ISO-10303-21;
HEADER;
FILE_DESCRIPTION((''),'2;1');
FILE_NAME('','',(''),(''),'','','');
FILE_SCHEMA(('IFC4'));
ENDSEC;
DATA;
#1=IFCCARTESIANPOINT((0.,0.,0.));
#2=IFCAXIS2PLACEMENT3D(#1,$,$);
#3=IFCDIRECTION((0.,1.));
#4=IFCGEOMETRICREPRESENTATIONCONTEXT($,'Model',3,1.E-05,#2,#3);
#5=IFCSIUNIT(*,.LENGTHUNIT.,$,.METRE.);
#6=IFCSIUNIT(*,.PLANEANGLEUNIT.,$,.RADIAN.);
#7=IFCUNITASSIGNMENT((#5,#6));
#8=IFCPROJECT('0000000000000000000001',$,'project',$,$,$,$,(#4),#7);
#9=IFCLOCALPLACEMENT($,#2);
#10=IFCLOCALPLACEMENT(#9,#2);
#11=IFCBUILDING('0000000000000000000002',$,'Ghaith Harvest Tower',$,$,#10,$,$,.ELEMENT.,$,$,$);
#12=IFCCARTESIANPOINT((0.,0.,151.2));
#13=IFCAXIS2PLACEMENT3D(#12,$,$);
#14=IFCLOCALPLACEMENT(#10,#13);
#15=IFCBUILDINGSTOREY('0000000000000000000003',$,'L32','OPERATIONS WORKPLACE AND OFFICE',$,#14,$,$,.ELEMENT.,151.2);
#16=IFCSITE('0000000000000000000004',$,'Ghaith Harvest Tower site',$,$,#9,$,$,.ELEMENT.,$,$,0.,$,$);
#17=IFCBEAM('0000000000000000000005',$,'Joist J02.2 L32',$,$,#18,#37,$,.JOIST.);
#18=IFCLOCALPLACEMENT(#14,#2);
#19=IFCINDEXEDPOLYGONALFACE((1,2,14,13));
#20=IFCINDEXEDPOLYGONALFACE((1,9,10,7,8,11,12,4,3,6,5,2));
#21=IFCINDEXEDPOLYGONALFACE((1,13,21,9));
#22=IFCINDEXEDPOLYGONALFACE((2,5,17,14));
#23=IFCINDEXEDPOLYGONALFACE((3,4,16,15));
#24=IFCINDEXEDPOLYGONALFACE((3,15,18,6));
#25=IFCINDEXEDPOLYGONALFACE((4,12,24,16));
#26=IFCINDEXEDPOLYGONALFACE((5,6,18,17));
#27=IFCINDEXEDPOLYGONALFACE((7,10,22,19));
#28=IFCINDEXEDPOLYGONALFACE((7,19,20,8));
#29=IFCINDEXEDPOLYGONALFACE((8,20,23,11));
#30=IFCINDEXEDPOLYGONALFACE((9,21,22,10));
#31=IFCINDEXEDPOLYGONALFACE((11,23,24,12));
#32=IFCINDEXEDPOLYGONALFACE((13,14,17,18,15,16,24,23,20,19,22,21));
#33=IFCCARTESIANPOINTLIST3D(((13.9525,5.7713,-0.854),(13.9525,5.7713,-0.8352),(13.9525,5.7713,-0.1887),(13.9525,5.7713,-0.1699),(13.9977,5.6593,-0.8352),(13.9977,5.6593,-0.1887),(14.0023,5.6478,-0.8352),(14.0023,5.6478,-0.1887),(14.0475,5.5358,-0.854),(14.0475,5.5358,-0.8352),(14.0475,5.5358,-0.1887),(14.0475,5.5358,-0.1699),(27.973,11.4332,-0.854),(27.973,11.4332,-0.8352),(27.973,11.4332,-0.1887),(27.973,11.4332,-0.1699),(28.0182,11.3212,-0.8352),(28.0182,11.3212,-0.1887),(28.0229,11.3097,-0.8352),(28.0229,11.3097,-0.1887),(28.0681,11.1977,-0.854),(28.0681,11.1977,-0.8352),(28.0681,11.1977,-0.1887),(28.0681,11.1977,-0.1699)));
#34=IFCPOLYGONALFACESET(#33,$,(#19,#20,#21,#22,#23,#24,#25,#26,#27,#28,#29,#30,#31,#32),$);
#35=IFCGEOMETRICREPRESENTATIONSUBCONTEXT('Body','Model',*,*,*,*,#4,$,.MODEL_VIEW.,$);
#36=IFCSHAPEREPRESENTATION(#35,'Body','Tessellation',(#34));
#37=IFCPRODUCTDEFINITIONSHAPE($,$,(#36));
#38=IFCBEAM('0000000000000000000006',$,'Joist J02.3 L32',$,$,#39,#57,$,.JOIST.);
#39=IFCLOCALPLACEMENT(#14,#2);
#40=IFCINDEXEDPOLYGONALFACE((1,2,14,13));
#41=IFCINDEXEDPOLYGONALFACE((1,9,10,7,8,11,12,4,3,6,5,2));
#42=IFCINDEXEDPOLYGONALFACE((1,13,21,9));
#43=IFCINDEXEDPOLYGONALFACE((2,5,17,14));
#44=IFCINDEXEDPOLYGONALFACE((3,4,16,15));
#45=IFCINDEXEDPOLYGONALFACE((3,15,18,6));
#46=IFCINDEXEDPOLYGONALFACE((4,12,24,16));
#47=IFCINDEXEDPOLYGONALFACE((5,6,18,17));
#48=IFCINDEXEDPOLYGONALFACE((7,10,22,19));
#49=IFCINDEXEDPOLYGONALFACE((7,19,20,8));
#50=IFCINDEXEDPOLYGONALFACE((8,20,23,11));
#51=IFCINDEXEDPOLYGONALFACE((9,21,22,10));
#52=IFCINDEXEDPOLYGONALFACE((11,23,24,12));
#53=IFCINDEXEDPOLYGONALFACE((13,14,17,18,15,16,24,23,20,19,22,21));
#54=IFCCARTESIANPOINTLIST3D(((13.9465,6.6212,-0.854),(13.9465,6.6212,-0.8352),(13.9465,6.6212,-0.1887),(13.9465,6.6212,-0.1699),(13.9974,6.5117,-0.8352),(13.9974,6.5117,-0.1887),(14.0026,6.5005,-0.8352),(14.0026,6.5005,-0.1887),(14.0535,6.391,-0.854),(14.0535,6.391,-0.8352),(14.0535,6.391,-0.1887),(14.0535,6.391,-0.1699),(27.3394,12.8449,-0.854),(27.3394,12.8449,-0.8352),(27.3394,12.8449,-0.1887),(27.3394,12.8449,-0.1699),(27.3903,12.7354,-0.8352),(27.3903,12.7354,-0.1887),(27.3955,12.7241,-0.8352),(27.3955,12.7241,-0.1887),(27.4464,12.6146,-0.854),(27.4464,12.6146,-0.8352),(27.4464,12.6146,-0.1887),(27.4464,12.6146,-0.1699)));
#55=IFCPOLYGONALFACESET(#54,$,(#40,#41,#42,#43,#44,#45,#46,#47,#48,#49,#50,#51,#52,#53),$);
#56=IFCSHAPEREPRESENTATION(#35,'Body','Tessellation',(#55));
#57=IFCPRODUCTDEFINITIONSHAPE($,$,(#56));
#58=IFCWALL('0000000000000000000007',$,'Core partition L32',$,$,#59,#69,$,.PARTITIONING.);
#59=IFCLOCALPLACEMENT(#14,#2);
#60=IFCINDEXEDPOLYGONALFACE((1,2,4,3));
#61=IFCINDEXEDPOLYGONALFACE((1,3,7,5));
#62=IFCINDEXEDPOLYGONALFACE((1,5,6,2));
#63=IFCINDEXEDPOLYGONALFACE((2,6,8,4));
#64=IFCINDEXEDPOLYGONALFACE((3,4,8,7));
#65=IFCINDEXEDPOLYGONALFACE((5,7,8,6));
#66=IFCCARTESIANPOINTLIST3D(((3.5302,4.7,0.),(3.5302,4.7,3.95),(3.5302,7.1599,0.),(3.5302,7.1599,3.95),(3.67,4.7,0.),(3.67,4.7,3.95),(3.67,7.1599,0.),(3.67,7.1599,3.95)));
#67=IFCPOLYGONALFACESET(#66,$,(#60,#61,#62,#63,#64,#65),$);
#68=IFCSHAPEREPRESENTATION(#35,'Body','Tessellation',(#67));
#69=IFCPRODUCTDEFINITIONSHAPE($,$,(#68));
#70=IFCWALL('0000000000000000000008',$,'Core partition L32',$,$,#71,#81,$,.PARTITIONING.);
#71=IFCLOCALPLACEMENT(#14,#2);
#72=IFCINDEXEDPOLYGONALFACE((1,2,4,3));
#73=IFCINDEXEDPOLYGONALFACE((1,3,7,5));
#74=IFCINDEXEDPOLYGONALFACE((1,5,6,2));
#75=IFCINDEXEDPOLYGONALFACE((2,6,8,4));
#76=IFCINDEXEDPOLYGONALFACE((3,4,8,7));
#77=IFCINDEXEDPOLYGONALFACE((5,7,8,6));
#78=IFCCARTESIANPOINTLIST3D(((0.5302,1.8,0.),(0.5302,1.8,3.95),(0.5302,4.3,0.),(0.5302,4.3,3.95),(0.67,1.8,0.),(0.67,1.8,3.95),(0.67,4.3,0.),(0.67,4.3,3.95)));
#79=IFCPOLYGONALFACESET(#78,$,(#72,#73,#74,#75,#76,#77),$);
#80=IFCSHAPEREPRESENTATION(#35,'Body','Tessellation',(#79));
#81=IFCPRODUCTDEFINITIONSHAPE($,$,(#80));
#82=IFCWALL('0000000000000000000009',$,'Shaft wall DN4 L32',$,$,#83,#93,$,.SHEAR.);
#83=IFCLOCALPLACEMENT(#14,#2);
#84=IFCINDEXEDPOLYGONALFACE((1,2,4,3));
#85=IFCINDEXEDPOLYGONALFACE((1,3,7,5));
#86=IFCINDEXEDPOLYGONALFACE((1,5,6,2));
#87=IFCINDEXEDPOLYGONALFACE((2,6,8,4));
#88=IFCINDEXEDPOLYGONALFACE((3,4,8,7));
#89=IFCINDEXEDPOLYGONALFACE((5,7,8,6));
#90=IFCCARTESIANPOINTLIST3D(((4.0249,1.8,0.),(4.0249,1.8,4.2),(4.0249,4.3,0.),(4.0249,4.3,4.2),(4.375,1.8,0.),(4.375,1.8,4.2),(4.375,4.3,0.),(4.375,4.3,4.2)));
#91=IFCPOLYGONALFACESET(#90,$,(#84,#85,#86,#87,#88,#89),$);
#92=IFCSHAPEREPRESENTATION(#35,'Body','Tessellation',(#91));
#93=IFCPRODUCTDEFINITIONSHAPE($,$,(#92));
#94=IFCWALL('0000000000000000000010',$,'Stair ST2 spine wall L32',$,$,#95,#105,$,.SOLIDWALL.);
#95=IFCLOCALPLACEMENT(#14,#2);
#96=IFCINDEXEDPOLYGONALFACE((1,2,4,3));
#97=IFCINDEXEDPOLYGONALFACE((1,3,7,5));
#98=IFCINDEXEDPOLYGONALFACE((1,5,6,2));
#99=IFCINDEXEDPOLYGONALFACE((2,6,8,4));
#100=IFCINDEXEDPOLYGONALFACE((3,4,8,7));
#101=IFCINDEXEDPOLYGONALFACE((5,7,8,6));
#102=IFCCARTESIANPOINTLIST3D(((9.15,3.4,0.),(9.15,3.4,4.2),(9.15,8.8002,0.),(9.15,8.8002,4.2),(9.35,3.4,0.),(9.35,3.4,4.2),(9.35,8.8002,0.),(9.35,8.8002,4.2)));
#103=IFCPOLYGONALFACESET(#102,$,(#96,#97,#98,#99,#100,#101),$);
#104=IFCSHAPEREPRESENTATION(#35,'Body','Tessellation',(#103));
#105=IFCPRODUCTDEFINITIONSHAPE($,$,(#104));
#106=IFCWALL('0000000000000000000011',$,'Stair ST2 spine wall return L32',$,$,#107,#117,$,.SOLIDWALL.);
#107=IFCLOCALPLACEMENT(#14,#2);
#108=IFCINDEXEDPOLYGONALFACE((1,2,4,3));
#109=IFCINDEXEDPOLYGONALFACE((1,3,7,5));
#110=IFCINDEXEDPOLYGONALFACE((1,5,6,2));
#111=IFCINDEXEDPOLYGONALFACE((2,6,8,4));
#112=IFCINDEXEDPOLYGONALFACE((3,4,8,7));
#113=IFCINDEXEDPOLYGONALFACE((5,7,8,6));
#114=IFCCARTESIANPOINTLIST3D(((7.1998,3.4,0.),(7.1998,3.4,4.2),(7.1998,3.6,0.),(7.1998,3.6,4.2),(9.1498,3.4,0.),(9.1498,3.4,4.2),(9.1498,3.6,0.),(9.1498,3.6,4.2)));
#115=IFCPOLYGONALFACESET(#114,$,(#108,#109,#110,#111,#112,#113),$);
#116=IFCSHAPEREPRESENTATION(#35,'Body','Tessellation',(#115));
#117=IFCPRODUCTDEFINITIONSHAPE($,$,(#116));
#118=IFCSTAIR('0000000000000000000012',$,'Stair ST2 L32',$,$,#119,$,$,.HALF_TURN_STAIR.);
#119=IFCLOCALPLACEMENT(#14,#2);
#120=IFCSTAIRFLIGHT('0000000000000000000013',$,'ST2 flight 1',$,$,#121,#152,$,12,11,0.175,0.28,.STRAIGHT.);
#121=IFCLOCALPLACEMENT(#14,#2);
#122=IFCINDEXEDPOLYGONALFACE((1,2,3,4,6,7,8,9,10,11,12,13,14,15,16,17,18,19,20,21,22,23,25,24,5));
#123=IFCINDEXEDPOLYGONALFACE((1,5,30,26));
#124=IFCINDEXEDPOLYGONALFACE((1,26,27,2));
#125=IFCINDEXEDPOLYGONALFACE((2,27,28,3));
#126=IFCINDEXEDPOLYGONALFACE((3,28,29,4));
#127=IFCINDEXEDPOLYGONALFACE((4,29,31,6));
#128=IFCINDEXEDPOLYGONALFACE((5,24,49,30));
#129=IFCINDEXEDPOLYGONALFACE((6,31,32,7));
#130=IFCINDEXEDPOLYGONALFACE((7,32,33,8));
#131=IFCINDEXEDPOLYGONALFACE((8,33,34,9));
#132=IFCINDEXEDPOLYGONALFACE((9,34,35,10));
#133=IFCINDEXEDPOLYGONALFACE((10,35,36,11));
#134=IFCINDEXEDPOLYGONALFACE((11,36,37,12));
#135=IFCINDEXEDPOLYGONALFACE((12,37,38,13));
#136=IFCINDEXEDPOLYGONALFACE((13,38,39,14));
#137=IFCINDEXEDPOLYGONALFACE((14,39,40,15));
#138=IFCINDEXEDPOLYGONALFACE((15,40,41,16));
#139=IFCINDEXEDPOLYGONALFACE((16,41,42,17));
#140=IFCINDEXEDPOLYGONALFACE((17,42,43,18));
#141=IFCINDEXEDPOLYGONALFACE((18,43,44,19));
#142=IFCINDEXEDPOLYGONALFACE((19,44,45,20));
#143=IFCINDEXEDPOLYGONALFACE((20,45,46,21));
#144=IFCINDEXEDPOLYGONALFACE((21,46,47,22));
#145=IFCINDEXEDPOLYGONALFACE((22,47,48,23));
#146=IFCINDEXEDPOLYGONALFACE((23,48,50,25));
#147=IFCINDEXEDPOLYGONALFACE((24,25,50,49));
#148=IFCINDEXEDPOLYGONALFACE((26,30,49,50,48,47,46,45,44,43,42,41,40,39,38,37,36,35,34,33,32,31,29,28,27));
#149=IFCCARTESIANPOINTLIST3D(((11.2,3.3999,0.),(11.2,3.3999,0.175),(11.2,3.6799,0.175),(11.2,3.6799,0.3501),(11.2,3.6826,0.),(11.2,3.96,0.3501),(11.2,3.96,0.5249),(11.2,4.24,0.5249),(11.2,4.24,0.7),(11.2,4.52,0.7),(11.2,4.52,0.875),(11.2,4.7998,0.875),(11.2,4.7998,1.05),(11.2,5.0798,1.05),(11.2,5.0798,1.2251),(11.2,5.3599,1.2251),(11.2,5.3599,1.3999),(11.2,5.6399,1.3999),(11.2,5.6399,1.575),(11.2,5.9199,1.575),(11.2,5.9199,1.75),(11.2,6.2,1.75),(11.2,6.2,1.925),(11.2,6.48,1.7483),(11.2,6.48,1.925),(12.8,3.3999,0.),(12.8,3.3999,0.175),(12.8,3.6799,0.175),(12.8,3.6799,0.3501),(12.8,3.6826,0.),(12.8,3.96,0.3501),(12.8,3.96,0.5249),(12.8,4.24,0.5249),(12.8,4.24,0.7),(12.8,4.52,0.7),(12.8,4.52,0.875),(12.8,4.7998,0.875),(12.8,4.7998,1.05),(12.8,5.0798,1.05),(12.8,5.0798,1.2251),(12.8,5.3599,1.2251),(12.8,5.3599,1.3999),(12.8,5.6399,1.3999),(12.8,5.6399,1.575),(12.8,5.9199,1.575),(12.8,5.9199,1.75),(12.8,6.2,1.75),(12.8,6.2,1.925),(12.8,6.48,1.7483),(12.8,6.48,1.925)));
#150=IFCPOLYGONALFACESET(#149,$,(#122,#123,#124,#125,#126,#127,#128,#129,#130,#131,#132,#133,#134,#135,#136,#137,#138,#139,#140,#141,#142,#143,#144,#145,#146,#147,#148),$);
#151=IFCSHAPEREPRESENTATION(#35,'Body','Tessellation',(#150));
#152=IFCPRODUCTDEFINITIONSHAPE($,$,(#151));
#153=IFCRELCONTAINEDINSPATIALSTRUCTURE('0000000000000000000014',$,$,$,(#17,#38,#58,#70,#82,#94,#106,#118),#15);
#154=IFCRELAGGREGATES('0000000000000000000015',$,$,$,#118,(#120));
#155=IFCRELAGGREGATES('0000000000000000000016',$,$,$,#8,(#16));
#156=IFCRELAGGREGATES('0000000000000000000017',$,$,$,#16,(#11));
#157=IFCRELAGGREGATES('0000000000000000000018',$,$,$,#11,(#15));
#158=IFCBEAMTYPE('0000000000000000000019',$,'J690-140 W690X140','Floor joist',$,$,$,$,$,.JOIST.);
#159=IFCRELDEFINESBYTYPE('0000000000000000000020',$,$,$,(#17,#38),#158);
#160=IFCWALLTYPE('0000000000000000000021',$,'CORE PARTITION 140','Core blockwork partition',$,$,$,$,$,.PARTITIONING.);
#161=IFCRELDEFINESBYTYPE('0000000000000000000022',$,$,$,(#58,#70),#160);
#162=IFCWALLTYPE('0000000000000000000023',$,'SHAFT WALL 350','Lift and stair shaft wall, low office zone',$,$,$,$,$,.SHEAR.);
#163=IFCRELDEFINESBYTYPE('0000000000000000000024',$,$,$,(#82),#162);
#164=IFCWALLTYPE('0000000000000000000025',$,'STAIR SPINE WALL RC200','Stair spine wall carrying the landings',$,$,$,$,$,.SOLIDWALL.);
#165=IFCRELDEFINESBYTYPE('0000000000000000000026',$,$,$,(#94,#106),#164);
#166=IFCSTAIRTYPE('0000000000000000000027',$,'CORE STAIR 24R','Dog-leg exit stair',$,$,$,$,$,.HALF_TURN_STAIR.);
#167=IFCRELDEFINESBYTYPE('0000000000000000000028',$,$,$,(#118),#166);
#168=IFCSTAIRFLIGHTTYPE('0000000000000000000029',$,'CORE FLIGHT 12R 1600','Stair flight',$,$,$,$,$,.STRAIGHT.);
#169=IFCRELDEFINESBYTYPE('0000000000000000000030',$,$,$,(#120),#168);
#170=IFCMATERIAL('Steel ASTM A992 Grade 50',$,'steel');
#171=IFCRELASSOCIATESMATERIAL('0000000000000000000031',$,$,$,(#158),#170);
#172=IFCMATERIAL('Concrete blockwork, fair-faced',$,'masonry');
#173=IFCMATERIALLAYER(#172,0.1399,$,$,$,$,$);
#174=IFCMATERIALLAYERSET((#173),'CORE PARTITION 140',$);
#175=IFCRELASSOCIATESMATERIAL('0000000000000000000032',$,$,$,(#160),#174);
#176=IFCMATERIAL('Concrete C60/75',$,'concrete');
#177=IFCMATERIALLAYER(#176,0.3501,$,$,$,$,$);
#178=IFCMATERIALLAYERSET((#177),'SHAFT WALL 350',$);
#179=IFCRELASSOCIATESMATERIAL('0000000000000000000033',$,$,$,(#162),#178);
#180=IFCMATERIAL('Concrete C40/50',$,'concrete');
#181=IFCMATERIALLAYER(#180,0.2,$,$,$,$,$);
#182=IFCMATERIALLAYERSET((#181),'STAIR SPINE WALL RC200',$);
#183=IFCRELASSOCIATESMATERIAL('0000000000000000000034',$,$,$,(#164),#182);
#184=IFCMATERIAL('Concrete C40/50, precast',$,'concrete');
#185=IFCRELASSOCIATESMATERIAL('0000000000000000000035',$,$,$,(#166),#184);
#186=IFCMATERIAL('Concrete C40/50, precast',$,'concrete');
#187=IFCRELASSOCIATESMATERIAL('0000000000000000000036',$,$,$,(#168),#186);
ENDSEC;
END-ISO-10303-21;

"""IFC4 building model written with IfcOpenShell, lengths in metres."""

from ifc_helpers import new_model, si_unit, direction, frame, frame_2d, origin, origin_2d, place, context, subcontext, project, spatial, polyline, rectangle, i_section, outline, extrude, material, layer, layer_set, material_profile, profile_set, type_object, element, aggregate, save


model = new_model("IFC4")

# Units and contexts
model_context = context("Model", 3, precision=1e-05, world=origin(), true_north=direction((0.0, 1.0)))
body_context = subcontext(model_context, "Body", "Model", "MODEL_VIEW")
ifc_project = project(units=[si_unit("LENGTHUNIT", "METRE"), si_unit("PLANEANGLEUNIT", "RADIAN")], contexts=[model_context])

# Site, building, storey
site_placement = place(None, origin())
site = spatial("IfcSite", under=ifc_project, at=site_placement, Name="Ghaith Harvest Tower site", CompositionType="ELEMENT", RefElevation=0.0)
building_placement = place(site_placement, origin())
building = spatial("IfcBuilding", under=site, at=building_placement, Name="Ghaith Harvest Tower", CompositionType="ELEMENT")
storey_placement = place(building_placement, frame((0.0, 0.0, 151.2)))
storey = spatial("IfcBuildingStorey", under=building, at=storey_placement, Name="L32", Description="OPERATIONS WORKPLACE AND OFFICE", CompositionType="ELEMENT", Elevation=151.2)

# Beams
ifc_material_1 = material(Name="Steel ASTM A992 Grade 50", Category="steel")
ifc_material_profile_1 = material_profile(ifc_material_1, i_section(OverallWidth=0.2539, OverallDepth=0.6841, WebThickness=0.0125, FlangeThickness=0.0188, at=origin_2d()), Name="W690X140")
ifc_profile_set_1 = profile_set([ifc_material_profile_1], Name="Steel ASTM A992 Grade 50")
beam_type_1 = type_object("IfcBeamType", Name="J690-140 W690X140", Description="Floor joist", PredefinedType="JOIST", material=ifc_profile_set_1)
beam_1_placement = place(storey_placement, frame((14.0, 5.6536, -0.512), z_axis=(0.927248, 0.374448, 0.0), x_axis=(-0.374448, 0.927248, 0.0)))
element("IfcBeam", 1, at=beam_1_placement, inside=storey, type_object=beam_type_1, Name="Joist J02.2 L32", PredefinedType="JOIST", context=body_context, shape_type="SweptSolid", body=[
    extrude(i_section(OverallWidth=0.2539, OverallDepth=0.6841, WebThickness=0.0125, FlangeThickness=0.0188, at=origin_2d()), origin(), (0.0, 0.0, 1.0), 15.1206),
])
beam_2_placement = place(storey_placement, frame((14.0, 6.5061, -0.512), z_axis=(0.906866, 0.42142, 0.0), x_axis=(-0.42142, 0.906866, 0.0)))
element("IfcBeam", 2, at=beam_2_placement, inside=storey, type_object=beam_type_1, Name="Joist J02.3 L32", PredefinedType="JOIST", context=body_context, shape_type="SweptSolid", body=[
    extrude(i_section(OverallWidth=0.2539, OverallDepth=0.6841, WebThickness=0.0125, FlangeThickness=0.0188, at=origin_2d()), origin(), (0.0, 0.0, 1.0), 14.7683),
])

# Walls
ifc_material_2 = material(Name="Concrete blockwork, fair-faced", Category="masonry")
ifc_layer_1 = layer(ifc_material_2, 0.1399)
ifc_layer_set_1 = layer_set([ifc_layer_1], Name="CORE PARTITION 140")
wall_type_1 = type_object("IfcWallType", Name="CORE PARTITION 140", Description="Core blockwork partition", PredefinedType="PARTITIONING", material=ifc_layer_set_1)
wall_1_placement = place(storey_placement, frame((3.6001, 4.7, 0.0), z_axis=(0.0, 0.0, 1.0), x_axis=(0.0, 1.0, 0.0)))
element("IfcWall", 3, at=wall_1_placement, inside=storey, type_object=wall_type_1, Name="Core partition L32", PredefinedType="PARTITIONING", context=body_context, shape_type="SweptSolid", body=[
    extrude(rectangle(XDim=2.46, YDim=0.1399, at=frame_2d((1.23, 0.0))), origin(), (0.0, 0.0, 1.0), 3.95),
])
wall_2_placement = place(storey_placement, frame((0.6001, 1.8, 0.0), z_axis=(0.0, 0.0, 1.0), x_axis=(0.0, 1.0, 0.0)))
element("IfcWall", 4, at=wall_2_placement, inside=storey, type_object=wall_type_1, Name="Core partition L32", PredefinedType="PARTITIONING", context=body_context, shape_type="SweptSolid", body=[
    extrude(rectangle(XDim=2.5, YDim=0.1399, at=frame_2d((1.25, 0.0))), origin(), (0.0, 0.0, 1.0), 3.95),
])

# Shared definitions
ifc_material_3 = material(Name="Concrete C60/75", Category="concrete")
ifc_layer_2 = layer(ifc_material_3, 0.3501)
ifc_layer_set_2 = layer_set([ifc_layer_2], Name="SHAFT WALL 350")
wall_type_2 = type_object("IfcWallType", Name="SHAFT WALL 350", Description="Lift and stair shaft wall, low office zone", PredefinedType="SHEAR", material=ifc_layer_set_2)

# Walls
wall_3_placement = place(storey_placement, frame((4.2, 1.8, 0.0), z_axis=(0.0, 0.0, 1.0), x_axis=(0.0, 1.0, 0.0)))
element("IfcWall", 5, at=wall_3_placement, inside=storey, type_object=wall_type_2, Name="Shaft wall DN4 L32", PredefinedType="SHEAR", context=body_context, shape_type="SweptSolid", body=[
    extrude(rectangle(XDim=2.5, YDim=0.3501, at=frame_2d((1.25, 0.0))), origin(), (0.0, 0.0, 1.0), 4.2),
])
ifc_material_4 = material(Name="Concrete C40/50", Category="concrete")
ifc_layer_3 = layer(ifc_material_4, 0.2)
ifc_layer_set_3 = layer_set([ifc_layer_3], Name="STAIR SPINE WALL RC200")
wall_type_3 = type_object("IfcWallType", Name="STAIR SPINE WALL RC200", Description="Stair spine wall carrying the landings", PredefinedType="SOLIDWALL", material=ifc_layer_set_3)
wall_4_placement = place(storey_placement, frame((9.25, 3.3999, 0.0), z_axis=(0.0, 0.0, 1.0), x_axis=(0.0, 1.0, 0.0)))
element("IfcWall", 6, at=wall_4_placement, inside=storey, type_object=wall_type_3, Name="Stair ST2 spine wall L32", PredefinedType="SOLIDWALL", context=body_context, shape_type="SweptSolid", body=[
    extrude(rectangle(XDim=5.4001, YDim=0.2, at=frame_2d((2.7002, 0.0))), origin(), (0.0, 0.0, 1.0), 4.2),
])
wall_5_placement = place(storey_placement, frame((9.1499, 3.5, 0.0), z_axis=(0.0, 0.0, 1.0), x_axis=(-1.0, 0.0, 0.0)))
element("IfcWall", 7, at=wall_5_placement, inside=storey, type_object=wall_type_3, Name="Stair ST2 spine wall return L32", PredefinedType="SOLIDWALL", context=body_context, shape_type="SweptSolid", body=[
    extrude(rectangle(XDim=1.95, YDim=0.2, at=frame_2d((0.9751, 0.0))), origin(), (0.0, 0.0, 1.0), 4.2),
])

# Stair, stair flight
ifc_material_5 = material(Name="Concrete C40/50, precast", Category="concrete")
stair_type = type_object("IfcStairType", Name="CORE STAIR 24R", Description="Dog-leg exit stair", PredefinedType="HALF_TURN_STAIR", material=ifc_material_5)
stair_placement = place(storey_placement, origin())
stair = element("IfcStair", 8, at=stair_placement, inside=storey, type_object=stair_type, Name="Stair ST2 L32", PredefinedType="HALF_TURN_STAIR")
ifc_material_6 = material(Name="Concrete C40/50, precast", Category="concrete")
stair_flight_type = type_object("IfcStairFlightType", Name="CORE FLIGHT 12R 1600", Description="Stair flight", PredefinedType="STRAIGHT", material=ifc_material_6)
stair_flight_1_placement = place(storey_placement, frame((12.0, 3.3999, 0.0), z_axis=(0.0, 0.0, 1.0), x_axis=(0.0, 1.0, 0.0)))
stair_flight_1 = element("IfcStairFlight", 9, at=stair_flight_1_placement, type_object=stair_flight_type, Name="ST2 flight 1", NumberOfRisers=12, NumberOfTreads=11, PredefinedType="STRAIGHT", RiserHeight=0.175, TreadLength=0.28, context=body_context, shape_type="SweptSolid", body=[
    extrude(outline(polyline([(0.0, 0.0), (0.0, 0.175), (0.28, 0.175), (0.28, 0.3501), (0.5601, 0.3501), (0.5601, 0.5249), (0.8401, 0.5249), (0.8401, 0.7), (1.1201, 0.7), (1.1201, 0.875), (1.3999, 0.875), (1.3999, 1.05), (1.6799, 1.05), (1.6799, 1.2251), (1.96, 1.2251), (1.96, 1.3999), (2.24, 1.3999), (2.24, 1.575), (2.52, 1.575), (2.52, 1.75), (2.8, 1.75), (2.8, 1.925), (3.0801, 1.925), (3.0801, 2.1001), (3.0801, 1.7483), (0.2827, 0.0), (0.0, 0.0)])), frame((0.0, 0.8, 0.0), z_axis=(0.0, -1.0, 0.0), x_axis=(1.0, 0.0, 0.0)), (0.0, 0.0, 1.0), 1.6001),
])
aggregate(stair, [stair_flight_1])

save(model, "model.ifc")
